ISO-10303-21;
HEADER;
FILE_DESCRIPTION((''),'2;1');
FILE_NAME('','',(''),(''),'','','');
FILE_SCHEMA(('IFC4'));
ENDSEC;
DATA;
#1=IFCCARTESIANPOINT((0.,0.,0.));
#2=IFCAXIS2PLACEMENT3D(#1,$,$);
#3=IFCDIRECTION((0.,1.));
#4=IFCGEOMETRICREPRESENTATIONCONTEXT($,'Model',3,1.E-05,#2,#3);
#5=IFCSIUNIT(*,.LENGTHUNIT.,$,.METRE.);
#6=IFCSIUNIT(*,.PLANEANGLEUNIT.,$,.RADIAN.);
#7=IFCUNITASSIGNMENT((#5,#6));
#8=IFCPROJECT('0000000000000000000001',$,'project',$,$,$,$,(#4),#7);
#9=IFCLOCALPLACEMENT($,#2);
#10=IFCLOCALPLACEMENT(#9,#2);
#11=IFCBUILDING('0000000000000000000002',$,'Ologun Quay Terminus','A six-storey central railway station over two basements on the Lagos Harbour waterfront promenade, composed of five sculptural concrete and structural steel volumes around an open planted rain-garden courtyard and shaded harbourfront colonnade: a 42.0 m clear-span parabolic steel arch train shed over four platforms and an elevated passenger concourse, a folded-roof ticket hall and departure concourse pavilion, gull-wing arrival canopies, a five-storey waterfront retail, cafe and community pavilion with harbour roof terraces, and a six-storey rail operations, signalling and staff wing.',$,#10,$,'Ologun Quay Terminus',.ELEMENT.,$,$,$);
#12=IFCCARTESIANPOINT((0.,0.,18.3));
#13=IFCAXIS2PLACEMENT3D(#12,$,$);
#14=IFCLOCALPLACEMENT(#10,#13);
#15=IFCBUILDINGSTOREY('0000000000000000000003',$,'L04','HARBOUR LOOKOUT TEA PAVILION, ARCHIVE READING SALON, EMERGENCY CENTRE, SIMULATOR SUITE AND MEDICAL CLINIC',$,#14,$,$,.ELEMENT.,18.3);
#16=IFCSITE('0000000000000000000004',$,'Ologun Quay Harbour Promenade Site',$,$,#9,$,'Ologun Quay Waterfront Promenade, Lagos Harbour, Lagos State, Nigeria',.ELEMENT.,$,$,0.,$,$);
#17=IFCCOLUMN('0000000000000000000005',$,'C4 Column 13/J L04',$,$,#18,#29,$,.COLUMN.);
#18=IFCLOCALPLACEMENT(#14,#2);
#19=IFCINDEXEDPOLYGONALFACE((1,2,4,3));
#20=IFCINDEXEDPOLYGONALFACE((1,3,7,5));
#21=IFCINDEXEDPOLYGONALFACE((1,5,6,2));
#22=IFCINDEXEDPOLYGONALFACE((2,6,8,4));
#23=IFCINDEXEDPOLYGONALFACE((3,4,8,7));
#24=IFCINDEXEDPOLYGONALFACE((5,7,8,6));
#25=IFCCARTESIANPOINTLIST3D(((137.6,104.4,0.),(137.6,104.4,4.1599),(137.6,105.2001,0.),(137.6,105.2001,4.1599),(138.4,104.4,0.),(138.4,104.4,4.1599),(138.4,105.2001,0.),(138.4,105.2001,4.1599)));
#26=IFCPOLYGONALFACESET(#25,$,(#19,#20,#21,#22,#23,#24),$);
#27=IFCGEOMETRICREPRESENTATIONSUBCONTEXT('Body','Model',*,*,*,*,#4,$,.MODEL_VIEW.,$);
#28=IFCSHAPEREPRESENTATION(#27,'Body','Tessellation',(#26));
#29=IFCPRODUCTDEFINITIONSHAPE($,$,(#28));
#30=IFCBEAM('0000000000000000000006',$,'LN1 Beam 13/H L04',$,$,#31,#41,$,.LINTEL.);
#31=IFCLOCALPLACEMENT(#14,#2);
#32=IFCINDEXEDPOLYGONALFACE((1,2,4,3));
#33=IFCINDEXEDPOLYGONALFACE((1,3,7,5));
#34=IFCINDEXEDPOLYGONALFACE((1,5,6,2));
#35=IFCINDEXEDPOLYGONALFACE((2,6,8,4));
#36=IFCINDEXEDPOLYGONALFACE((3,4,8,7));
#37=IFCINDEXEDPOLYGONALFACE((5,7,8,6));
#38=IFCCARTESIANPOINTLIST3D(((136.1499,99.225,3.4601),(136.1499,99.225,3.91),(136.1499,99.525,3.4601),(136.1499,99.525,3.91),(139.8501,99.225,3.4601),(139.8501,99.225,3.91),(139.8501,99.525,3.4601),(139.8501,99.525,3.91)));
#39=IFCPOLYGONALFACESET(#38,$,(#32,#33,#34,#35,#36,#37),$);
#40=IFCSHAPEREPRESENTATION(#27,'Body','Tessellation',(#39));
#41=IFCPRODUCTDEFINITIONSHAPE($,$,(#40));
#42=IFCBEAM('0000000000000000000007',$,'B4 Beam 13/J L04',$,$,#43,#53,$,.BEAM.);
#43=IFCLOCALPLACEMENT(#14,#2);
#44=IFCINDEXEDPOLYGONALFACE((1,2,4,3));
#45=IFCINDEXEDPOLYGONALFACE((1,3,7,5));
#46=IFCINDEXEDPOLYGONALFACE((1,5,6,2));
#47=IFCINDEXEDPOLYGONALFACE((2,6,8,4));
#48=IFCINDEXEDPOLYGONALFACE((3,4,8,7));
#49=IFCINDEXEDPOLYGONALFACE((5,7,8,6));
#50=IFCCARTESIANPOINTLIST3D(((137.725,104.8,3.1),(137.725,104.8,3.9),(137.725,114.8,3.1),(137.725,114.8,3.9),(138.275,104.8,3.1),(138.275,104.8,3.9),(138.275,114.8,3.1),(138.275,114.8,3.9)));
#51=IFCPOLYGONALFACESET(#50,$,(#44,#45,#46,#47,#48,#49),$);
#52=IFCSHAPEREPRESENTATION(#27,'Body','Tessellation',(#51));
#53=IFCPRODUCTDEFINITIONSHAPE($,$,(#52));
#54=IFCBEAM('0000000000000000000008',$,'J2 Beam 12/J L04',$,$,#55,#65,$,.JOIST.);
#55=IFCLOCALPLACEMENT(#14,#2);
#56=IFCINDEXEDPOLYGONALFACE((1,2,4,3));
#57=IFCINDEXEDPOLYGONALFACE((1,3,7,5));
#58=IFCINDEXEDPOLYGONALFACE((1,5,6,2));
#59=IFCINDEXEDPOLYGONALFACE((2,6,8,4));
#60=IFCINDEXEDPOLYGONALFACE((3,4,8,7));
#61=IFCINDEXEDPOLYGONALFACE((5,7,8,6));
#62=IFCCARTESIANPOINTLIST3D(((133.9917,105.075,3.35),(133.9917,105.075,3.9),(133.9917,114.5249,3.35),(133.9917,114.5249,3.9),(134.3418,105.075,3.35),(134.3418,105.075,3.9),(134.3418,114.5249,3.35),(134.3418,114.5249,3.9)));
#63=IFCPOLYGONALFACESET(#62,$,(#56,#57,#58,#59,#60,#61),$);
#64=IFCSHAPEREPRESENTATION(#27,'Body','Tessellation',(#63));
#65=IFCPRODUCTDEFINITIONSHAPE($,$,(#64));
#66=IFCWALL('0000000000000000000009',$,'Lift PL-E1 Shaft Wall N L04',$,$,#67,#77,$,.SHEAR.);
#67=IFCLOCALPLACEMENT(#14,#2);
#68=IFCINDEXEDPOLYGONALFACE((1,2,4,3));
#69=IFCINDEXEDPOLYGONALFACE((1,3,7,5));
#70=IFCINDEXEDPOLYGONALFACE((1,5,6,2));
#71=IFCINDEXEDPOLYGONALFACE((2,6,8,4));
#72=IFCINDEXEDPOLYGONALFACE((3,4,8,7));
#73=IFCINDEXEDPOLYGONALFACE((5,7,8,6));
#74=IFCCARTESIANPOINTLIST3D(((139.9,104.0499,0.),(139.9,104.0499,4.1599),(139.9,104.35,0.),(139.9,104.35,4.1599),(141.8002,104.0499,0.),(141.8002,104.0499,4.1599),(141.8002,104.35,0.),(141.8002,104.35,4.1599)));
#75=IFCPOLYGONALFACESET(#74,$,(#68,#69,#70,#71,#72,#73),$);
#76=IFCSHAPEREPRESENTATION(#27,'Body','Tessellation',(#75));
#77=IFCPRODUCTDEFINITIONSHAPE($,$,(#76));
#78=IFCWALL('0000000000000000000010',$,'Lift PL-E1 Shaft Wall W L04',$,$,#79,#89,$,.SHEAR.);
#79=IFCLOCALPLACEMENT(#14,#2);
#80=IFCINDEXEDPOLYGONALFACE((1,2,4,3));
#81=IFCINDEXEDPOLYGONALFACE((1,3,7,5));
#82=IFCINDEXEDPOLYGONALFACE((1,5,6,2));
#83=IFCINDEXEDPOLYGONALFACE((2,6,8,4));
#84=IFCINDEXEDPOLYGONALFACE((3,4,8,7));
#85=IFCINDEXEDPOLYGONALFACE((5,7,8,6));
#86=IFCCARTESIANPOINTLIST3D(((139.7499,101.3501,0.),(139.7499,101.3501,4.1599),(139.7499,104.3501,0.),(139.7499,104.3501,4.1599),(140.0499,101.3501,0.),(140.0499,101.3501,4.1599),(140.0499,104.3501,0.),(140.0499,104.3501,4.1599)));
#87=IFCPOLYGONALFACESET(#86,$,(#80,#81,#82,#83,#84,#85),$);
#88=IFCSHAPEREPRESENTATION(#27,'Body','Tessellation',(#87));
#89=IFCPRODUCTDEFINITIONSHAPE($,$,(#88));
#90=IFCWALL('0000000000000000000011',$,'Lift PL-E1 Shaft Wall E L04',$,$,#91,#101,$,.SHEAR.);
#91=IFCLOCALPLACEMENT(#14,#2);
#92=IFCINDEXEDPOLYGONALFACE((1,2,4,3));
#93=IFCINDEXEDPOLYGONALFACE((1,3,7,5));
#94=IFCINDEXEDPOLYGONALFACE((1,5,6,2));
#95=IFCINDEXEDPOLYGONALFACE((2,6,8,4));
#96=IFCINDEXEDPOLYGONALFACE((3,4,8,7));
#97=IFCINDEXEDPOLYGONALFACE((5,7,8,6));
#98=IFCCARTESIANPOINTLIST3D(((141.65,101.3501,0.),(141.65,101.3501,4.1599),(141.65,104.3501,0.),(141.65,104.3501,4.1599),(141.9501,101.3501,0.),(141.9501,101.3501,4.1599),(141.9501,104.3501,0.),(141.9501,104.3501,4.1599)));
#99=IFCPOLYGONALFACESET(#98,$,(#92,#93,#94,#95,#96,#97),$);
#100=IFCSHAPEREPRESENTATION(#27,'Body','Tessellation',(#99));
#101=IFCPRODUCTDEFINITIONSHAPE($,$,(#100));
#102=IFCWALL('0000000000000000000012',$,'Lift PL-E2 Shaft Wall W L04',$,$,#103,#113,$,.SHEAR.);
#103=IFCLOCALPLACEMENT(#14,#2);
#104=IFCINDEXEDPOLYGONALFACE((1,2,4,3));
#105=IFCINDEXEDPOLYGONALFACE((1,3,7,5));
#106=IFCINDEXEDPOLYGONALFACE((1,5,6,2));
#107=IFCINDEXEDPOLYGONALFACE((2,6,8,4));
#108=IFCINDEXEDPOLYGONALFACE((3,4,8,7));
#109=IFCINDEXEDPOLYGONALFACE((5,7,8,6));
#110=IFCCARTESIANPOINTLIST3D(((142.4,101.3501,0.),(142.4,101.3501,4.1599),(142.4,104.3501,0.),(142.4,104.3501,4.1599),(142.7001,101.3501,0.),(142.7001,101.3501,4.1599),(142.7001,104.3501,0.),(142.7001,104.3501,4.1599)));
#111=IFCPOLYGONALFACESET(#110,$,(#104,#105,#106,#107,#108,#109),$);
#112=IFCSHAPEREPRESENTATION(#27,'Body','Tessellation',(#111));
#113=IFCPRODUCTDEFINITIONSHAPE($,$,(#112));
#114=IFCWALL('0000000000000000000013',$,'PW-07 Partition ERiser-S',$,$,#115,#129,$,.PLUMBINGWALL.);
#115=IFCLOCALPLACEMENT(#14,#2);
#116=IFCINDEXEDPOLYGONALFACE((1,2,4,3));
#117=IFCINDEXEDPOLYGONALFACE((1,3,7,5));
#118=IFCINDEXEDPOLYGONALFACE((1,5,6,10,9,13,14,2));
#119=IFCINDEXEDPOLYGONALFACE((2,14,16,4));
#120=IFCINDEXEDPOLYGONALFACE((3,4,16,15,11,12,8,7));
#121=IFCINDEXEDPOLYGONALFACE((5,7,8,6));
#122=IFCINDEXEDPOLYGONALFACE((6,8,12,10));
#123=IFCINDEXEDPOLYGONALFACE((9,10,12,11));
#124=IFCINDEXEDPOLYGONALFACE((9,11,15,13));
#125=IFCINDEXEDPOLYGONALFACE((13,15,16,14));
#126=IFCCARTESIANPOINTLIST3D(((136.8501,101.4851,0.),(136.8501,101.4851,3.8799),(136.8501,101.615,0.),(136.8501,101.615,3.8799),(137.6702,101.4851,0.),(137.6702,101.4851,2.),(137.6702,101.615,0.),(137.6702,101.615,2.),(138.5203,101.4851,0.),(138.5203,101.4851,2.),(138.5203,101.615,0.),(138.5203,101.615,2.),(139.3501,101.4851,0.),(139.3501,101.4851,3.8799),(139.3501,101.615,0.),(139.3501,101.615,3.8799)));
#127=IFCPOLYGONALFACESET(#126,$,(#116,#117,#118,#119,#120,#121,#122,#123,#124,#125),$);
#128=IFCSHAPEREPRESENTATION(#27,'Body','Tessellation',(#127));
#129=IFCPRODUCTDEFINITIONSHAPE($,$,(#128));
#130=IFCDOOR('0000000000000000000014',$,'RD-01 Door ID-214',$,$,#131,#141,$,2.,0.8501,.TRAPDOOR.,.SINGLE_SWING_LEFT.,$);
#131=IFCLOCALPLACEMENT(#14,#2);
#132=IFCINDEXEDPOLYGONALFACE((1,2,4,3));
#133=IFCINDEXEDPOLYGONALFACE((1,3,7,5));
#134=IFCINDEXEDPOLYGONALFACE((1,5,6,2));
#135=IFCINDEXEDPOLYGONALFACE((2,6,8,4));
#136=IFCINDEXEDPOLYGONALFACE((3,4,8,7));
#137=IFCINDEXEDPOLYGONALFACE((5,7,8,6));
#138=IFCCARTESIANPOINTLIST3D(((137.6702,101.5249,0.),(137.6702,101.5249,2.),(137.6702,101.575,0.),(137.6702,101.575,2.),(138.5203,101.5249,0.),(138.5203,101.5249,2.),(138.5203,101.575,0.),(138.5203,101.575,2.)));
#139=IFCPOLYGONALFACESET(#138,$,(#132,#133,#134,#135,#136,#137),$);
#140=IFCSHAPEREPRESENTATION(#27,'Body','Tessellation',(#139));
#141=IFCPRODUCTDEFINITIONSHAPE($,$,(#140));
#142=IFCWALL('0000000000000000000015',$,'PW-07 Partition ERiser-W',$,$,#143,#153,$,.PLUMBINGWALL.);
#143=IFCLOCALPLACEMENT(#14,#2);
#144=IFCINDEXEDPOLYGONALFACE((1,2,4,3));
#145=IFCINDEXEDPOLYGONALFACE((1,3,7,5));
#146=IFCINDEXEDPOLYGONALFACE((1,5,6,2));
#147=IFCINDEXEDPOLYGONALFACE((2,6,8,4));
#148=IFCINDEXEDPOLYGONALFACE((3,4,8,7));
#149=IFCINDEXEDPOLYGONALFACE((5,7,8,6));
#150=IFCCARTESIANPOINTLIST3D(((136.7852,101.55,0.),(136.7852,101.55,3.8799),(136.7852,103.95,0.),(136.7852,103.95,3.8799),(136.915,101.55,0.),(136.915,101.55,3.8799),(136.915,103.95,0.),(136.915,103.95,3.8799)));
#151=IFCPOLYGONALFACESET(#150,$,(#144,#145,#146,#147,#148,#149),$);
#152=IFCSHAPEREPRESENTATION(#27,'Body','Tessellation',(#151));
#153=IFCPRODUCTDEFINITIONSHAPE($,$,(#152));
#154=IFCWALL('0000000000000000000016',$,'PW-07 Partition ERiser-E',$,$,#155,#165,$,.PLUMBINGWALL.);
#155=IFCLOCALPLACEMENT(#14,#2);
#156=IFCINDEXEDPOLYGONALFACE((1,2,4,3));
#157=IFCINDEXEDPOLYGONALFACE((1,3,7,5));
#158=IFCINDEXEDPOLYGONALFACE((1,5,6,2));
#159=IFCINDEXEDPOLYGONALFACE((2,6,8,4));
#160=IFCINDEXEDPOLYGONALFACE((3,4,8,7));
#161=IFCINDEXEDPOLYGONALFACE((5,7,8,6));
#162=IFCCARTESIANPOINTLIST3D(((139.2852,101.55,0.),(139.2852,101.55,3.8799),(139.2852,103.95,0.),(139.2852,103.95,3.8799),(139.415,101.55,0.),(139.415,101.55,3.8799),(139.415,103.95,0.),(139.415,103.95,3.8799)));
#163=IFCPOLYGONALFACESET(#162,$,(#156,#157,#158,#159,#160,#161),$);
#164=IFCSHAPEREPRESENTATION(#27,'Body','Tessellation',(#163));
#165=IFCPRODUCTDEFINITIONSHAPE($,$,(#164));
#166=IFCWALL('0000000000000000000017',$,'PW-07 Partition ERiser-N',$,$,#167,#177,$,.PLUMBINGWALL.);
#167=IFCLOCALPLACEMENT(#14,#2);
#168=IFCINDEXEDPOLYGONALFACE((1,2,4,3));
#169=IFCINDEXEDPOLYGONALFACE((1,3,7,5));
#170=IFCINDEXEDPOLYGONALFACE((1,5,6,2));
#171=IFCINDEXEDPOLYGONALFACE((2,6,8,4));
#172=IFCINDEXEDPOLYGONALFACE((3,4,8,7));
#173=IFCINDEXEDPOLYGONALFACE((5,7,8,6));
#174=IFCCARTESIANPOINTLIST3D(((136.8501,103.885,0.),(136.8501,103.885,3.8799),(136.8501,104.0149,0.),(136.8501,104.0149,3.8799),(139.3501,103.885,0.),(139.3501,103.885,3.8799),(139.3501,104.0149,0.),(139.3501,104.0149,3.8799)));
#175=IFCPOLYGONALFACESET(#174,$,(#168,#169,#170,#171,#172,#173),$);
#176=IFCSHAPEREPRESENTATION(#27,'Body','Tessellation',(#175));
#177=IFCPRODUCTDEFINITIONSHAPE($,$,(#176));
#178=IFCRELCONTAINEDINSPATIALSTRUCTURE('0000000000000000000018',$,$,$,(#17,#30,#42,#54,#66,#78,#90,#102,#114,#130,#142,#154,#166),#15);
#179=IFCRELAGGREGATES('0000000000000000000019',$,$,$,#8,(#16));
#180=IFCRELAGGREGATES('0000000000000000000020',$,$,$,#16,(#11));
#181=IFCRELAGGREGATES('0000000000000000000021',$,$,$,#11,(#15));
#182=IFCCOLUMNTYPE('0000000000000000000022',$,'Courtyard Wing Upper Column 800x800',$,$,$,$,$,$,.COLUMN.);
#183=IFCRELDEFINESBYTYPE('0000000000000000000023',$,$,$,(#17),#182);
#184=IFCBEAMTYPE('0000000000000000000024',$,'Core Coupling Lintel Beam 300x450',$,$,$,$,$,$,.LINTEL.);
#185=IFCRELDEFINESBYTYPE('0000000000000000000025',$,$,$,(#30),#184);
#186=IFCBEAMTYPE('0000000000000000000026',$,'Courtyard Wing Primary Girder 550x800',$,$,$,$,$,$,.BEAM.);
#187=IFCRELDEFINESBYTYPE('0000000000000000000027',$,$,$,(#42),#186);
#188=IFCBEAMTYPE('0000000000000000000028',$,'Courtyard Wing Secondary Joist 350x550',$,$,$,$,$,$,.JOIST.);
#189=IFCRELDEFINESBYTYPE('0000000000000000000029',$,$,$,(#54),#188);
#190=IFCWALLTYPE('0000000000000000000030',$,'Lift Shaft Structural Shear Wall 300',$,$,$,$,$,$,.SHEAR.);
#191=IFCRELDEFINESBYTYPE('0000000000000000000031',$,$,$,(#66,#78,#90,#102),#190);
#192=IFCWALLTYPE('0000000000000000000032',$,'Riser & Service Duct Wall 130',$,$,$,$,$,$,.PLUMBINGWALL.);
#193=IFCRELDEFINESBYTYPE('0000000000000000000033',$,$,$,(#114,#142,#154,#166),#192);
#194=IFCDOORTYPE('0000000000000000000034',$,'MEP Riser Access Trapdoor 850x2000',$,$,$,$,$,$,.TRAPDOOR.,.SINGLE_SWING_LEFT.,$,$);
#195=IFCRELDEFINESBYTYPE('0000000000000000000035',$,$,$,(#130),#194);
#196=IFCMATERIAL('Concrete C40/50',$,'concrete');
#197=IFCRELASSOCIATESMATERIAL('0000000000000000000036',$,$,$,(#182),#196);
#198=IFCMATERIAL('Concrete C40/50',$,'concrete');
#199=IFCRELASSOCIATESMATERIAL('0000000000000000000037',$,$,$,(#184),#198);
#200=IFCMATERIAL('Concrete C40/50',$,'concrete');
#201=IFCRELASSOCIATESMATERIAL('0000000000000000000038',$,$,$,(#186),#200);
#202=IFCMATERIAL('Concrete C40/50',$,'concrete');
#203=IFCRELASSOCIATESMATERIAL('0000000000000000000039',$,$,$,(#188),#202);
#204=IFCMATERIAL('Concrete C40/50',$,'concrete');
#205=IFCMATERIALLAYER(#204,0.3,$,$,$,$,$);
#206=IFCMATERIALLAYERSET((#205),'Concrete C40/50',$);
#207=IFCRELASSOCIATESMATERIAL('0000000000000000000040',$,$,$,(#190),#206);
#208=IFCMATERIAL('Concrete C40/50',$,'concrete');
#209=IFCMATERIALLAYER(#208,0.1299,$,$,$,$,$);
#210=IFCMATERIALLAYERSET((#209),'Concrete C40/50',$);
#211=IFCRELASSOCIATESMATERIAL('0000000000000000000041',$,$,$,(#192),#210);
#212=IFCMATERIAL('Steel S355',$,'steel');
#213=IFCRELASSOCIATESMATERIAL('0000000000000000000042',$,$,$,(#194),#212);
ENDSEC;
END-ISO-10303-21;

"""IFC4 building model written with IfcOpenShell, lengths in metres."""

from ifc_helpers import new_model, si_unit, direction, frame, frame_2d, origin, origin_2d, place, context, subcontext, project, spatial, rectangle, extrude, material, layer, layer_set, material_profile, profile_set, type_object, element, fill, save


model = new_model("IFC4")

# Units and contexts
model_context = context("Model", 3, precision=1e-05, world=origin(), true_north=direction((0.0, 1.0)))
body_context = subcontext(model_context, "Body", "Model", "MODEL_VIEW")
ifc_project = project(units=[si_unit("LENGTHUNIT", "METRE"), si_unit("PLANEANGLEUNIT", "RADIAN")], contexts=[model_context])

# Site, building, storey
site_placement = place(None, origin())
site = spatial("IfcSite", under=ifc_project, at=site_placement, Name="Ologun Quay Harbour Promenade Site", LongName="Ologun Quay Waterfront Promenade, Lagos Harbour, Lagos State, Nigeria", CompositionType="ELEMENT", RefElevation=0.0)
building_placement = place(site_placement, origin())
building = spatial("IfcBuilding", under=site, at=building_placement, Name="Ologun Quay Terminus", Description="A six-storey central railway station over two basements on the Lagos Harbour waterfront promenade, composed of five sculptural concrete and structural steel volumes around an open planted rain-garden courtyard and shaded harbourfront colonnade: a 42.0 m clear-span parabolic steel arch train shed over four platforms and an elevated passenger concourse, a folded-roof ticket hall and departure concourse pavilion, gull-wing arrival canopies, a five-storey waterfront retail, cafe and community pavilion with harbour roof terraces, and a six-storey rail operations, signalling and staff wing.", LongName="Ologun Quay Terminus", CompositionType="ELEMENT")
storey_placement = place(building_placement, frame((0.0, 0.0, 18.3)))
storey = spatial("IfcBuildingStorey", under=building, at=storey_placement, Name="L04", Description="HARBOUR LOOKOUT TEA PAVILION, ARCHIVE READING SALON, EMERGENCY CENTRE, SIMULATOR SUITE AND MEDICAL CLINIC", CompositionType="ELEMENT", Elevation=18.3)

# Column
ifc_material_1 = material(Name="Concrete C40/50", Category="concrete")
ifc_material_profile_1 = material_profile(ifc_material_1, rectangle(XDim=0.8, YDim=0.8, at=origin_2d()), Name="RC 800x800")
ifc_profile_set_1 = profile_set([ifc_material_profile_1], Name="Concrete C40/50")
column_type = type_object("IfcColumnType", Name="Courtyard Wing Upper Column 800x800", PredefinedType="COLUMN", material=ifc_profile_set_1)
column_placement = place(storey_placement, frame((138.0, 104.8, 0.0), z_axis=(0.0, 0.0, 1.0), x_axis=(1.0, 0.0, 0.0)))
element("IfcColumn", 1, at=column_placement, inside=storey, type_object=column_type, Name="C4 Column 13/J L04", PredefinedType="COLUMN", context=body_context, shape_type="SweptSolid", body=[
    extrude(rectangle(XDim=0.8, YDim=0.8, at=origin_2d()), origin(), (0.0, 0.0, 1.0), 4.1599),
])

# Beams
ifc_material_2 = material(Name="Concrete C40/50", Category="concrete")
ifc_material_profile_2 = material_profile(ifc_material_2, rectangle(XDim=0.3, YDim=0.45, at=origin_2d()), Name="RC 300x450")
ifc_profile_set_2 = profile_set([ifc_material_profile_2], Name="Concrete C40/50")
beam_type_1 = type_object("IfcBeamType", Name="Core Coupling Lintel Beam 300x450", PredefinedType="LINTEL", material=ifc_profile_set_2)
beam_1_placement = place(storey_placement, frame((136.1499, 99.375, 3.6851), z_axis=(1.0, 0.0, 0.0), x_axis=(0.0, 1.0, 0.0)))
element("IfcBeam", 2, at=beam_1_placement, inside=storey, type_object=beam_type_1, Name="LN1 Beam 13/H L04", PredefinedType="LINTEL", context=body_context, shape_type="SweptSolid", body=[
    extrude(rectangle(XDim=0.3, YDim=0.45, at=origin_2d()), origin(), (0.0, 0.0, 1.0), 3.7002),
])
ifc_material_3 = material(Name="Concrete C40/50", Category="concrete")
ifc_material_profile_3 = material_profile(ifc_material_3, rectangle(XDim=0.55, YDim=0.8, at=origin_2d()), Name="RC 550x800")
ifc_profile_set_3 = profile_set([ifc_material_profile_3], Name="Concrete C40/50")
beam_type_2 = type_object("IfcBeamType", Name="Courtyard Wing Primary Girder 550x800", PredefinedType="BEAM", material=ifc_profile_set_3)
beam_2_placement = place(storey_placement, frame((138.0, 104.8, 3.5), z_axis=(0.0, 1.0, 0.0), x_axis=(-1.0, 0.0, 0.0)))
element("IfcBeam", 3, at=beam_2_placement, inside=storey, type_object=beam_type_2, Name="B4 Beam 13/J L04", PredefinedType="BEAM", context=body_context, shape_type="SweptSolid", body=[
    extrude(rectangle(XDim=0.55, YDim=0.8, at=origin_2d()), origin(), (0.0, 0.0, 1.0), 10.0),
])
ifc_material_4 = material(Name="Concrete C40/50", Category="concrete")
ifc_material_profile_4 = material_profile(ifc_material_4, rectangle(XDim=0.3501, YDim=0.55, at=origin_2d()), Name="RC 350x550")
ifc_profile_set_4 = profile_set([ifc_material_profile_4], Name="Concrete C40/50")
beam_type_3 = type_object("IfcBeamType", Name="Courtyard Wing Secondary Joist 350x550", PredefinedType="JOIST", material=ifc_profile_set_4)
beam_3_placement = place(storey_placement, frame((134.1667, 105.075, 3.625), z_axis=(0.0, 1.0, 0.0), x_axis=(-1.0, 0.0, 0.0)))
element("IfcBeam", 4, at=beam_3_placement, inside=storey, type_object=beam_type_3, Name="J2 Beam 12/J L04", PredefinedType="JOIST", context=body_context, shape_type="SweptSolid", body=[
    extrude(rectangle(XDim=0.3501, YDim=0.55, at=origin_2d()), origin(), (0.0, 0.0, 1.0), 9.45),
])

# Shared definitions
ifc_material_5 = material(Name="Concrete C40/50", Category="concrete")
ifc_layer_1 = layer(ifc_material_5, 0.3)
ifc_layer_set_1 = layer_set([ifc_layer_1], Name="Concrete C40/50")
wall_type_1 = type_object("IfcWallType", Name="Lift Shaft Structural Shear Wall 300", PredefinedType="SHEAR", material=ifc_layer_set_1)

# Walls
wall_1_placement = place(storey_placement, frame((139.8999, 104.2, 0.0), z_axis=(0.0, 0.0, 1.0), x_axis=(1.0, 0.0, 0.0)))
element("IfcWall", 5, at=wall_1_placement, inside=storey, type_object=wall_type_1, Name="Lift PL-E1 Shaft Wall N L04", PredefinedType="SHEAR", context=body_context, shape_type="SweptSolid", body=[
    extrude(rectangle(XDim=1.9001, YDim=0.3, at=frame_2d((0.9502, 0.0))), origin(), (0.0, 0.0, 1.0), 4.1599),
])
for number, where, z_axis, x_axis, name in (
    (6, (139.8999, 101.3501, 0.0), (0.0, 0.0, 1.0), (0.0, 1.0, 0.0), "Lift PL-E1 Shaft Wall W L04"),
    (7, (141.8, 101.3501, 0.0), (0.0, 0.0, 1.0), (0.0, 1.0, 0.0), "Lift PL-E1 Shaft Wall E L04"),
):
    element("IfcWall", number, at=place(storey_placement, frame(where, z_axis=z_axis, x_axis=x_axis)), inside=storey, type_object=wall_type_1, Name=name, PredefinedType="SHEAR", context=body_context, shape_type="SweptSolid", body=[
        extrude(rectangle(XDim=3.0, YDim=0.3, at=frame_2d((1.5, 0.0))), origin(), (0.0, 0.0, 1.0), 4.1599),
    ])

# Wall
wall_2_placement = place(storey_placement, frame((142.55, 101.3501, 0.0), z_axis=(0.0, 0.0, 1.0), x_axis=(0.0, 1.0, 0.0)))
element("IfcWall", 8, at=wall_2_placement, inside=storey, type_object=wall_type_1, Name="Lift PL-E2 Shaft Wall W L04", PredefinedType="SHEAR", context=body_context, shape_type="SweptSolid", body=[
    extrude(rectangle(XDim=3.0, YDim=0.3, at=frame_2d((1.5, 0.0))), origin(), (0.0, 0.0, 1.0), 4.1599),
])

# Wall, opening, door
ifc_material_6 = material(Name="Concrete C40/50", Category="concrete")
ifc_layer_2 = layer(ifc_material_6, 0.1299)
ifc_layer_set_2 = layer_set([ifc_layer_2], Name="Concrete C40/50")
wall_type_2 = type_object("IfcWallType", Name="Riser & Service Duct Wall 130", PredefinedType="PLUMBINGWALL", material=ifc_layer_set_2)
wall_3_placement = place(storey_placement, frame((136.8501, 101.55, 0.0), z_axis=(0.0, 0.0, 1.0), x_axis=(1.0, 0.0, 0.0)))
wall_3 = element("IfcWall", 9, at=wall_3_placement, inside=storey, type_object=wall_type_2, Name="PW-07 Partition ERiser-S", PredefinedType="PLUMBINGWALL", context=body_context, shape_type="SweptSolid", body=[
    extrude(rectangle(XDim=2.5, YDim=0.1299, at=frame_2d((1.25, 0.0))), origin(), (0.0, 0.0, 1.0), 3.8799),
])
opening_1_placement = place(wall_3_placement, frame((0.8201, 0.0, 0.0)))
opening_1 = element("IfcOpeningElement", 10, at=opening_1_placement, cuts=wall_3, PredefinedType="OPENING", context=body_context, shape_type="SweptSolid", body=[
    extrude(rectangle(XDim=0.8501, YDim=2.0, at=frame_2d((0.425, 1.0))), frame((0.0, 0.075, 0.0), z_axis=(0.0, -1.0, 0.0), x_axis=(1.0, 0.0, 0.0)), (0.0, 0.0, 1.0), 0.1499),
])
ifc_material_7 = material(Name="Steel S355", Category="steel")
door_type_1 = type_object("IfcDoorType", Name="MEP Riser Access Trapdoor 850x2000", OperationType="SINGLE_SWING_LEFT", PredefinedType="TRAPDOOR", material=ifc_material_7)
door_1_placement = place(opening_1_placement, origin())
door_1 = element("IfcDoor", 11, at=door_1_placement, inside=storey, type_object=door_type_1, Name="RD-01 Door ID-214", OperationType="SINGLE_SWING_LEFT", OverallHeight=2.0, OverallWidth=0.8501, PredefinedType="TRAPDOOR", context=body_context, shape_type="SweptSolid", body=[
    extrude(rectangle(XDim=0.8501, YDim=2.0, at=frame_2d((0.425, 1.0))), frame((0.0, 0.0249, 0.0), z_axis=(0.0, -1.0, 0.0), x_axis=(1.0, 0.0, 0.0)), (0.0, 0.0, 1.0), 0.05),
])
fill(opening_1, door_1)

# Walls
for number, where, z_axis, x_axis, name in (
    (12, (136.8501, 101.55, 0.0), (0.0, 0.0, 1.0), (0.0, 1.0, 0.0), "PW-07 Partition ERiser-W"),
    (13, (139.3501, 101.55, 0.0), (0.0, 0.0, 1.0), (0.0, 1.0, 0.0), "PW-07 Partition ERiser-E"),
):
    element("IfcWall", number, at=place(storey_placement, frame(where, z_axis=z_axis, x_axis=x_axis)), inside=storey, type_object=wall_type_2, Name=name, PredefinedType="PLUMBINGWALL", context=body_context, shape_type="SweptSolid", body=[
        extrude(rectangle(XDim=2.3999, YDim=0.1299, at=frame_2d((1.2, 0.0))), origin(), (0.0, 0.0, 1.0), 3.8799),
    ])
wall_4_placement = place(storey_placement, frame((136.8501, 103.95, 0.0), z_axis=(0.0, 0.0, 1.0), x_axis=(1.0, 0.0, 0.0)))
element("IfcWall", 14, at=wall_4_placement, inside=storey, type_object=wall_type_2, Name="PW-07 Partition ERiser-N", PredefinedType="PLUMBINGWALL", context=body_context, shape_type="SweptSolid", body=[
    extrude(rectangle(XDim=2.5, YDim=0.1299, at=frame_2d((1.25, 0.0))), origin(), (0.0, 0.0, 1.0), 3.8799),
])

save(model, "model.ifc")
